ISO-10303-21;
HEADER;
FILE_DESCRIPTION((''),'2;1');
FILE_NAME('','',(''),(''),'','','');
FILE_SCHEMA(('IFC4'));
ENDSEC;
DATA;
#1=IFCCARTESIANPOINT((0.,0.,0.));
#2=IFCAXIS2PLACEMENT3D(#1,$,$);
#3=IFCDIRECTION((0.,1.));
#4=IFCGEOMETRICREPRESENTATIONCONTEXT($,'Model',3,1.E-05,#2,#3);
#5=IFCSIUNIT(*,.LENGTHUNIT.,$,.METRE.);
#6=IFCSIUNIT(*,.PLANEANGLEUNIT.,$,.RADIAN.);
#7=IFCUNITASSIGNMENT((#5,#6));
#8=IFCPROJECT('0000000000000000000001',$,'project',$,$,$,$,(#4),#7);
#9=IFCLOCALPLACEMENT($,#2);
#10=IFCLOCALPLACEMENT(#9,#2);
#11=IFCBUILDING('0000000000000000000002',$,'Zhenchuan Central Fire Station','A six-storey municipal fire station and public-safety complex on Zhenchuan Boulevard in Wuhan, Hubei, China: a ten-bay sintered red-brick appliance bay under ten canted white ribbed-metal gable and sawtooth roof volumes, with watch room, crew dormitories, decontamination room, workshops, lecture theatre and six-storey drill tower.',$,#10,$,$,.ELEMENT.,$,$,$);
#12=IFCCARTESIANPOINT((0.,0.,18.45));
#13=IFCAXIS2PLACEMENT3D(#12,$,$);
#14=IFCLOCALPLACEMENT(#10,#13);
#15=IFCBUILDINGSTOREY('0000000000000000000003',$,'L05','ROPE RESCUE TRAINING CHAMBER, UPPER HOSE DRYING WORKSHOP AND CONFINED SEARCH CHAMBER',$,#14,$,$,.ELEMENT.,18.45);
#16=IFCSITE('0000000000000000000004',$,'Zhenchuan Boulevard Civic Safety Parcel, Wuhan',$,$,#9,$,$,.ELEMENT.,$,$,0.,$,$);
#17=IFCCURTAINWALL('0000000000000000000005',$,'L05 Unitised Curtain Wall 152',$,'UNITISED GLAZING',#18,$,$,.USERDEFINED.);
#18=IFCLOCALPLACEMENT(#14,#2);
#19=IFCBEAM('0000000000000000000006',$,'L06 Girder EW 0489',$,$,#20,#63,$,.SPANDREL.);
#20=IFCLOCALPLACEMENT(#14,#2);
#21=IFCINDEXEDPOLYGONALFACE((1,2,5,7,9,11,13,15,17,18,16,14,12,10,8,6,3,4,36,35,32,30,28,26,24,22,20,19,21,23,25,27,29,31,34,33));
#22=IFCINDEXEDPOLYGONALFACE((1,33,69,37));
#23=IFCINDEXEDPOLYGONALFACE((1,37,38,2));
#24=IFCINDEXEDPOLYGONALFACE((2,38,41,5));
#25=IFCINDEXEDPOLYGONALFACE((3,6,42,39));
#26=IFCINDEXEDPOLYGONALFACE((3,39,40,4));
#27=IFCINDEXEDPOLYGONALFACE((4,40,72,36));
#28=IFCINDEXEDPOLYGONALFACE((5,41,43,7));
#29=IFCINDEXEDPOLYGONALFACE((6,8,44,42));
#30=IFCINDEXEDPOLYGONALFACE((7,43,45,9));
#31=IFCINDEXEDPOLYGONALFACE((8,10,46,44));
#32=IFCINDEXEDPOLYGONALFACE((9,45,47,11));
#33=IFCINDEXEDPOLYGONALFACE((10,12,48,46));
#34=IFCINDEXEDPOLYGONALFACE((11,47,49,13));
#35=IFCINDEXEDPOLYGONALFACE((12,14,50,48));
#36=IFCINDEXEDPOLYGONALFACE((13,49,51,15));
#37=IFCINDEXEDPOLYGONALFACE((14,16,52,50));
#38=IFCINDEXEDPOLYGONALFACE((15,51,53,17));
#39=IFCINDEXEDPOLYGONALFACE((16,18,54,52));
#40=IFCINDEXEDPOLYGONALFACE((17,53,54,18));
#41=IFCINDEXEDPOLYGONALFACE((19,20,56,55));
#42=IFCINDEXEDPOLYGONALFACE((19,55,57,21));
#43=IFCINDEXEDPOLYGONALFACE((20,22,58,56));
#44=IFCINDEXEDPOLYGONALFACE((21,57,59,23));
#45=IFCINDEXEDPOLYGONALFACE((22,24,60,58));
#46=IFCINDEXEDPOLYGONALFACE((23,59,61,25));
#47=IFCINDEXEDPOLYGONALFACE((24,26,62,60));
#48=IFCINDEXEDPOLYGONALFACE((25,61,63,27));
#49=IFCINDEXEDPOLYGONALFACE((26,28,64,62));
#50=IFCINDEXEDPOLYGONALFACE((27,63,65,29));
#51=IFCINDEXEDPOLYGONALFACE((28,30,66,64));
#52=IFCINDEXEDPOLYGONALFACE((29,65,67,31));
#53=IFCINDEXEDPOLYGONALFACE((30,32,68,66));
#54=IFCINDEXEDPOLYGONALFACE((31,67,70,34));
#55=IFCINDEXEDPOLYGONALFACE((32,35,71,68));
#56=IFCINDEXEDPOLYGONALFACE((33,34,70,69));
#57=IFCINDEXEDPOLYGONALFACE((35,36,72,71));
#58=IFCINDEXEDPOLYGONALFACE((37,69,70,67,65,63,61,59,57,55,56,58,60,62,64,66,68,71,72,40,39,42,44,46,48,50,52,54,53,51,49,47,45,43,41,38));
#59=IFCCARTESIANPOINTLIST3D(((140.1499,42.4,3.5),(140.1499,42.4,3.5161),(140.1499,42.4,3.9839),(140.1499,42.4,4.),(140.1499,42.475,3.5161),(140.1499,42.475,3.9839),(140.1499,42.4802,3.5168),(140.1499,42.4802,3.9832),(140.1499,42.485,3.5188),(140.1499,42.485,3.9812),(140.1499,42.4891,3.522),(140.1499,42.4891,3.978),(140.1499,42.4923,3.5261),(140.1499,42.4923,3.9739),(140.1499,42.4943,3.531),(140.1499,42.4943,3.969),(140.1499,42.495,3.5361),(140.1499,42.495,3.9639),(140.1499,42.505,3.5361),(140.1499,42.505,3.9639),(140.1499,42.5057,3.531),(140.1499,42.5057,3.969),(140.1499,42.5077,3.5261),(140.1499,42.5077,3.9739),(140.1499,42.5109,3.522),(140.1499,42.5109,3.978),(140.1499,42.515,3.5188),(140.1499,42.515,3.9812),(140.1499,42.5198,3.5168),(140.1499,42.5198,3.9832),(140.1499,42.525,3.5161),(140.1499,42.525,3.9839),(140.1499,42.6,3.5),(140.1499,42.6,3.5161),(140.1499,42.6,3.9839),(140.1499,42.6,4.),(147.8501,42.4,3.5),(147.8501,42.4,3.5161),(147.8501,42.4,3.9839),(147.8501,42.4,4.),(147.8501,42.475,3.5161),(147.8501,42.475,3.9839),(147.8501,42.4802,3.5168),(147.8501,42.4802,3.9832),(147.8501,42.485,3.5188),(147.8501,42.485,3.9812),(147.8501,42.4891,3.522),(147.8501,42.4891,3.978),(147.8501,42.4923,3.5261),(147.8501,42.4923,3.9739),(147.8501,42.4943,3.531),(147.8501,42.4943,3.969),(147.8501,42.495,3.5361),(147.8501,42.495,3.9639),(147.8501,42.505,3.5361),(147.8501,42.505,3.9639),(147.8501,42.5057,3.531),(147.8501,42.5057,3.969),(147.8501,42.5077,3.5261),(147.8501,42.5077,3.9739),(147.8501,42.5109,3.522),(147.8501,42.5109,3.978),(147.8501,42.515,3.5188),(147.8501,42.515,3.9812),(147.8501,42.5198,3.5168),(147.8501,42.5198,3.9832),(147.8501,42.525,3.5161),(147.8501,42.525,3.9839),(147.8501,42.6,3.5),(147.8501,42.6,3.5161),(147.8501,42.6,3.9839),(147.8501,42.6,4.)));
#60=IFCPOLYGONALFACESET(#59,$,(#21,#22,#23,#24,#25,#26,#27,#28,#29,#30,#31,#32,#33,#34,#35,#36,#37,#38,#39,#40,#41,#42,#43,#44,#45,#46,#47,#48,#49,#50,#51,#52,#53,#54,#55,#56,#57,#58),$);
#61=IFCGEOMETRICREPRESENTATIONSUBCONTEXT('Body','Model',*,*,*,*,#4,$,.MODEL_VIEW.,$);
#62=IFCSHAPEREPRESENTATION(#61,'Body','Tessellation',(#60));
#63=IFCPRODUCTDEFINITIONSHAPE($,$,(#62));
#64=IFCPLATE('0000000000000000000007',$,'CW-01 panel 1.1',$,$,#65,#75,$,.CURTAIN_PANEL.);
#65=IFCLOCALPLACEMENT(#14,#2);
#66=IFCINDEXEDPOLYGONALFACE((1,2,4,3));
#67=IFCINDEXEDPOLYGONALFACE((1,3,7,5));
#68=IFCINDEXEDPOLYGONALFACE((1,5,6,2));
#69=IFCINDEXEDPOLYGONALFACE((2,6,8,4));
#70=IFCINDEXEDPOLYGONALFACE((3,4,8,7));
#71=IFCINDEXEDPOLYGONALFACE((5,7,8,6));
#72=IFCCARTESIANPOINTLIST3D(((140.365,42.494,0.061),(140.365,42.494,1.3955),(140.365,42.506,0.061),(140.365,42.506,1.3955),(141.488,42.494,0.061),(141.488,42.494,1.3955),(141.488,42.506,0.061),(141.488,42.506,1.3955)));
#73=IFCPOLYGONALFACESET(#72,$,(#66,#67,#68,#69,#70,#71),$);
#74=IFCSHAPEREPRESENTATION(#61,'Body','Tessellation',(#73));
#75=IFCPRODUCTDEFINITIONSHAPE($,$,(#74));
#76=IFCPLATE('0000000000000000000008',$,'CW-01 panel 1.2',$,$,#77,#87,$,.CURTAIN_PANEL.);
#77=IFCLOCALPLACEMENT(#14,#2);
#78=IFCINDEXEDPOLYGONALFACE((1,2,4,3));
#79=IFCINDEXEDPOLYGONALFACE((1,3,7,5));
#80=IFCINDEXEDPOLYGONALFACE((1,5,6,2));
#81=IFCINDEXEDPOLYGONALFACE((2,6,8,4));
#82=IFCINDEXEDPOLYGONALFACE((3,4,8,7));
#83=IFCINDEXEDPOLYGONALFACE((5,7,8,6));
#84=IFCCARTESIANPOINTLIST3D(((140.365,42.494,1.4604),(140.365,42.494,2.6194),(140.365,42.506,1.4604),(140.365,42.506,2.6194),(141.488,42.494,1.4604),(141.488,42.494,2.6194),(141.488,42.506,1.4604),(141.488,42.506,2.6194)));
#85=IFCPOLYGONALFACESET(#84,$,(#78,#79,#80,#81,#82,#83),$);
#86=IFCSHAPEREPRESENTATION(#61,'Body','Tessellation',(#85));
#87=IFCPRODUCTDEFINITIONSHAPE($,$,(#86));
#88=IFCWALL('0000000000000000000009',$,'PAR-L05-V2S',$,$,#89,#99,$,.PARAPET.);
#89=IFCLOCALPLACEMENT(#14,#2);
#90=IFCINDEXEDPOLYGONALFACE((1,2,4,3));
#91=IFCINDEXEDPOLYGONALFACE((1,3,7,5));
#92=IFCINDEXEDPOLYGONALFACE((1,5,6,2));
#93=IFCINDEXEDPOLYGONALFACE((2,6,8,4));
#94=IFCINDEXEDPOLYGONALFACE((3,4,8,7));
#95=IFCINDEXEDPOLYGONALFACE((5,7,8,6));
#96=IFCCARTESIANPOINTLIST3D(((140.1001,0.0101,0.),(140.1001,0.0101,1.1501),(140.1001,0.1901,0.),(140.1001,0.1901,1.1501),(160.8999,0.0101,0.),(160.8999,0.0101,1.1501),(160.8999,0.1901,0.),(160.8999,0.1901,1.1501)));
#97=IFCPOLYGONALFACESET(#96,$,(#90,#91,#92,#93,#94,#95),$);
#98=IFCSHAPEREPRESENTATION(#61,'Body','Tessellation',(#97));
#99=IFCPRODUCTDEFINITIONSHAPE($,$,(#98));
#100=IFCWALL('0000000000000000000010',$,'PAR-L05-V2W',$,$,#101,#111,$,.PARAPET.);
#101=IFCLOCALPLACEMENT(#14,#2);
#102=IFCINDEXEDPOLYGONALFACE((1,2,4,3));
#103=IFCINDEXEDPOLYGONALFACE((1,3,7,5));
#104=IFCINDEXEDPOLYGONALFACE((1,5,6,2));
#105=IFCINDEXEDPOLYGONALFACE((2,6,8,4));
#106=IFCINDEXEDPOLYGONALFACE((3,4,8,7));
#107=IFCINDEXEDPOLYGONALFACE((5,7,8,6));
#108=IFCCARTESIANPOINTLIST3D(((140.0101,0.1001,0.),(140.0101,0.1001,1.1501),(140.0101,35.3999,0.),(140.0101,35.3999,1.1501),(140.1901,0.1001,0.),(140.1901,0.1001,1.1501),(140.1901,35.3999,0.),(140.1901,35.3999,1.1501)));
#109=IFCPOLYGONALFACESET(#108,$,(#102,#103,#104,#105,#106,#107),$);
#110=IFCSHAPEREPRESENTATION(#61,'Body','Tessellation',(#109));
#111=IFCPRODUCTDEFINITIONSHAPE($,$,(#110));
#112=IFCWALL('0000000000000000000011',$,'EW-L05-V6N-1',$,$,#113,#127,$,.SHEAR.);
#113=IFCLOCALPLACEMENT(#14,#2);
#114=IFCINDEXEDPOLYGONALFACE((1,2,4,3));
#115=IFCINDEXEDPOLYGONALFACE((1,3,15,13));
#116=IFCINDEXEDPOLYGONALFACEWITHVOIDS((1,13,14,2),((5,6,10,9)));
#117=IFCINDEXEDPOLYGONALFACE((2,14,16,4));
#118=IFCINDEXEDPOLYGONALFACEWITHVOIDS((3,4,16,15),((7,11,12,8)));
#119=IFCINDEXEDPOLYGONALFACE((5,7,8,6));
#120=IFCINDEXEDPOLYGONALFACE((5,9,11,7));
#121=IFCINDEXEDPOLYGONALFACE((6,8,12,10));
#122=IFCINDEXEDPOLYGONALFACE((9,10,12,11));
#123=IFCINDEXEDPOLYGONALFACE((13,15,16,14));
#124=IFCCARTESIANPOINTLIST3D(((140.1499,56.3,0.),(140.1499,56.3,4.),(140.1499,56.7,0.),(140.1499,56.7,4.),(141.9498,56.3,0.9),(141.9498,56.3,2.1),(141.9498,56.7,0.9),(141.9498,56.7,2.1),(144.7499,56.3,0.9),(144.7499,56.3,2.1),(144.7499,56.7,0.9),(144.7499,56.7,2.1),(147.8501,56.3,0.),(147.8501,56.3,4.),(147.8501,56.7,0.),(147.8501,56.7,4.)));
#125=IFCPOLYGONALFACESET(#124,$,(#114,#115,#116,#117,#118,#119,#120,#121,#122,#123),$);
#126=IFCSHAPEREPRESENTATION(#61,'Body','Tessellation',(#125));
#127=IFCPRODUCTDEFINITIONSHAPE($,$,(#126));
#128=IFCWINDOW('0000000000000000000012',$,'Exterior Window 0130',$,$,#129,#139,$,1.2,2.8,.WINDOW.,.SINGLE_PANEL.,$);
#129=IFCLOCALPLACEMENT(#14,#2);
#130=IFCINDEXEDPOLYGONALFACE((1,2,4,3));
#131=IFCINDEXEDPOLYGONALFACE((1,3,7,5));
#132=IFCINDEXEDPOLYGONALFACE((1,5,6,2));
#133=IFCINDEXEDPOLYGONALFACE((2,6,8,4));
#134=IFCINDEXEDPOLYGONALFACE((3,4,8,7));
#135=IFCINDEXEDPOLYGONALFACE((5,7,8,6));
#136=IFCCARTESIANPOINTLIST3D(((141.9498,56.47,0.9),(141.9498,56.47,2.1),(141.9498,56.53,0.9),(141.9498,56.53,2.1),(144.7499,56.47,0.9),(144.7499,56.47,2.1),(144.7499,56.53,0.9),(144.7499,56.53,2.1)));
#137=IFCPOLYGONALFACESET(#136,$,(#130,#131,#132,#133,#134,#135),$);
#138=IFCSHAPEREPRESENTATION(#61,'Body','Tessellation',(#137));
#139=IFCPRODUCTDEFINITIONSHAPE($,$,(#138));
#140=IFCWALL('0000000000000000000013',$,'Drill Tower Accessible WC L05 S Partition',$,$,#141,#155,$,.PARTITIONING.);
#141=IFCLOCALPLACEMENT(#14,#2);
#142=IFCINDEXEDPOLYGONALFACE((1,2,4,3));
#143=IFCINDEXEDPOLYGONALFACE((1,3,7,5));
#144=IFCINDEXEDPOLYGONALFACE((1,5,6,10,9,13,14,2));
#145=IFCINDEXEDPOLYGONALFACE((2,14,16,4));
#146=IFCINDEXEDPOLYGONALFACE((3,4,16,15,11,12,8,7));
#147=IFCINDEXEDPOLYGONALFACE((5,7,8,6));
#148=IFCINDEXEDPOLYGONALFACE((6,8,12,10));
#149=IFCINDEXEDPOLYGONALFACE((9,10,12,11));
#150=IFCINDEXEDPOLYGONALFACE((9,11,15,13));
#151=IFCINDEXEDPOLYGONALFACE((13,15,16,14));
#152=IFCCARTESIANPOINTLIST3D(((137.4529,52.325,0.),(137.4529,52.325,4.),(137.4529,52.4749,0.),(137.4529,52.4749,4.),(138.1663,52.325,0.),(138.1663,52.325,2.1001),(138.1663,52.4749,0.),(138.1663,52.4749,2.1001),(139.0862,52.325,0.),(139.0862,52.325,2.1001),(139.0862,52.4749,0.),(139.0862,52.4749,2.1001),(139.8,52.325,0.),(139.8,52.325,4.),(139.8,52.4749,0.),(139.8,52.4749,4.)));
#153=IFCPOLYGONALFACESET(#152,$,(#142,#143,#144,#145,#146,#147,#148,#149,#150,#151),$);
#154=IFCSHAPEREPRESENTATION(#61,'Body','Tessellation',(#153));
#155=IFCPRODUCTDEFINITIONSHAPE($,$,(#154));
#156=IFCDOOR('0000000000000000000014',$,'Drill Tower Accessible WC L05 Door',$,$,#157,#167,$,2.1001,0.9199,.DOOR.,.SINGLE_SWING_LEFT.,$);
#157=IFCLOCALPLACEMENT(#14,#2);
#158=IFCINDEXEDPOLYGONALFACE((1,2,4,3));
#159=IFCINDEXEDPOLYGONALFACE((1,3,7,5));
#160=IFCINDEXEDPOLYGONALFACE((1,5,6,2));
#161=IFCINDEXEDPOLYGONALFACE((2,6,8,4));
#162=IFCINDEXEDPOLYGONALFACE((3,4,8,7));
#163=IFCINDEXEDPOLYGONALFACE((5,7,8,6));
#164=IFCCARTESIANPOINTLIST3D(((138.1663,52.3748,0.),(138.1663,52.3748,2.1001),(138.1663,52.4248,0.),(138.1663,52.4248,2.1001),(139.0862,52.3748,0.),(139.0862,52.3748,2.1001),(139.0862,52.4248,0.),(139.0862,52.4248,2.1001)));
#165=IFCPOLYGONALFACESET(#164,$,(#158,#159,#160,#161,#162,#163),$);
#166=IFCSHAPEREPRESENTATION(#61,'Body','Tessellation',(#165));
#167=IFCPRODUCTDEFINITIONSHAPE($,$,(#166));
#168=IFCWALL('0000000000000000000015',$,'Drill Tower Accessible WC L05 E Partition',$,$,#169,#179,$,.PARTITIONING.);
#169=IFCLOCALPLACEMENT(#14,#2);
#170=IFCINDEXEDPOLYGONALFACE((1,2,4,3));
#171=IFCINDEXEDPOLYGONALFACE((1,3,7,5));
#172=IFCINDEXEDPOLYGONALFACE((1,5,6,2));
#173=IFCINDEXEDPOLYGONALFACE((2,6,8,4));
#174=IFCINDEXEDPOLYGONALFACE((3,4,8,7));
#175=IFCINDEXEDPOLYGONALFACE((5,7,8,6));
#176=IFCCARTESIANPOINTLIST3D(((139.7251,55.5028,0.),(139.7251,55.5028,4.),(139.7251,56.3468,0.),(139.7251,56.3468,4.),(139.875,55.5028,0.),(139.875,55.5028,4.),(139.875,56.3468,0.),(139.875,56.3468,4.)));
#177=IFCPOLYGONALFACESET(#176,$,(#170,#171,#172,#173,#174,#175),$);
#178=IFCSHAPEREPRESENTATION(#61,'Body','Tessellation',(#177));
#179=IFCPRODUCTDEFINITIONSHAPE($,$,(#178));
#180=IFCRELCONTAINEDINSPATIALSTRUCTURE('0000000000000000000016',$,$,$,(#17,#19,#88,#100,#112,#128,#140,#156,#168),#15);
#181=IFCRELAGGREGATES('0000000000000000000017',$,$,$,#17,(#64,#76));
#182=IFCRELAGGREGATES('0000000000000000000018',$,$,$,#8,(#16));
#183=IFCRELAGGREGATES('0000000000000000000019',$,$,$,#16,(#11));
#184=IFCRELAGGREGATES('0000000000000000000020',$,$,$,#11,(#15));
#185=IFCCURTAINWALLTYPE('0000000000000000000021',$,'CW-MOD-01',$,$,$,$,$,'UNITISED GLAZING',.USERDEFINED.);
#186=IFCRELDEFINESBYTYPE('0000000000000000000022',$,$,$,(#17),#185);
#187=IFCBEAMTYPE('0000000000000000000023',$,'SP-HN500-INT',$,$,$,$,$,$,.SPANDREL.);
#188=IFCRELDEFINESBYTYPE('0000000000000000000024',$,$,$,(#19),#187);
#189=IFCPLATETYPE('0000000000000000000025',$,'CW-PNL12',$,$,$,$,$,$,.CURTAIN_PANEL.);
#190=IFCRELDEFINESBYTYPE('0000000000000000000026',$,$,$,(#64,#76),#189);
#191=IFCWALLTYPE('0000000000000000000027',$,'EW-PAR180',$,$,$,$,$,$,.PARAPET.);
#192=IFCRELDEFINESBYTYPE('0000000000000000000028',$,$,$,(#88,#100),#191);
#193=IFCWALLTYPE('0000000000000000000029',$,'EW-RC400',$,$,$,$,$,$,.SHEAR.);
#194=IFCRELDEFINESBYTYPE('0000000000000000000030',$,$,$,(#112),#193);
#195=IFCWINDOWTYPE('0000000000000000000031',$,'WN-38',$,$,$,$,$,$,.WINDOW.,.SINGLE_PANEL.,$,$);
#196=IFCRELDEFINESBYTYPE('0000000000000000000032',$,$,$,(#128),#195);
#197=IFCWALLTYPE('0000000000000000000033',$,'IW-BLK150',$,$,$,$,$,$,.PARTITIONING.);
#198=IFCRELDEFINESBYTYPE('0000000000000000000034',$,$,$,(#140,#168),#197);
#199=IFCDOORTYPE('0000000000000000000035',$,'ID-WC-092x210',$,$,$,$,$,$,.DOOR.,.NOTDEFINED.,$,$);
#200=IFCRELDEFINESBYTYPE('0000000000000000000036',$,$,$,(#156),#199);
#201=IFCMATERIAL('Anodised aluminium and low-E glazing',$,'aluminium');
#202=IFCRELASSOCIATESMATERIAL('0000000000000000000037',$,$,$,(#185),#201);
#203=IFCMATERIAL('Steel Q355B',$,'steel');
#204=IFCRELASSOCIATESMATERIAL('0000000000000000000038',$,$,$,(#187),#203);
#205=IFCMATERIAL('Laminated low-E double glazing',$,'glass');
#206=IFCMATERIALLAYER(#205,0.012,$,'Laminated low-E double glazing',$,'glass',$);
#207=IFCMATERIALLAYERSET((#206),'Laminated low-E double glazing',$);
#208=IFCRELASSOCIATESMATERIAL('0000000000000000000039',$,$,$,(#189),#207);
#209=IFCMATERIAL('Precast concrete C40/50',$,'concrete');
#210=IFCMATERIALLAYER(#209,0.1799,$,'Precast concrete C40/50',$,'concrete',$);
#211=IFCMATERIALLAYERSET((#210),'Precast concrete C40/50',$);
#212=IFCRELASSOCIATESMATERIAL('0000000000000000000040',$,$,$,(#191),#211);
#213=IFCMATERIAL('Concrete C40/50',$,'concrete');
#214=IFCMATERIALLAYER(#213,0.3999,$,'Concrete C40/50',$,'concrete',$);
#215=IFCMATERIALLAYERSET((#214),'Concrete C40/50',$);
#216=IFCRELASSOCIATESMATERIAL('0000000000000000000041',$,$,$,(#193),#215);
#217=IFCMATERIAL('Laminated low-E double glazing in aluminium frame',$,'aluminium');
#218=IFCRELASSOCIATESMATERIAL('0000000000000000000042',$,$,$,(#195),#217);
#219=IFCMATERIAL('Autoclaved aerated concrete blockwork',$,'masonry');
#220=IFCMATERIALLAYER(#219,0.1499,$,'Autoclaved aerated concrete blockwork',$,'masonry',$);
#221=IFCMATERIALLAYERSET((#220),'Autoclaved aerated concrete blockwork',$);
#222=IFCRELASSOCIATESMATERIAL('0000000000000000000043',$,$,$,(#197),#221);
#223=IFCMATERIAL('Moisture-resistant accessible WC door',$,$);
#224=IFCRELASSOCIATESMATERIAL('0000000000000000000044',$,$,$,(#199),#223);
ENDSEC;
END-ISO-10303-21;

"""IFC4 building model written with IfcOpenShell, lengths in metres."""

from ifc_helpers import new_model, si_unit, direction, frame, frame_2d, origin, origin_2d, place, context, subcontext, project, spatial, rectangle, i_section, extrude, material, layer, layer_set, material_profile, profile_set, type_object, element, fill, aggregate, save


model = new_model("IFC4")

# Units and contexts
model_context = context("Model", 3, precision=1e-05, world=origin(), true_north=direction((0.0, 1.0)))
body_context = subcontext(model_context, "Body", "Model", "MODEL_VIEW")
ifc_project = project(units=[si_unit("LENGTHUNIT", "METRE"), si_unit("PLANEANGLEUNIT", "RADIAN")], contexts=[model_context])

# Site, building, storey
site_placement = place(None, origin())
site = spatial("IfcSite", under=ifc_project, at=site_placement, Name="Zhenchuan Boulevard Civic Safety Parcel, Wuhan", CompositionType="ELEMENT", RefElevation=0.0)
building_placement = place(site_placement, origin())
building = spatial("IfcBuilding", under=site, at=building_placement, Name="Zhenchuan Central Fire Station", Description="A six-storey municipal fire station and public-safety complex on Zhenchuan Boulevard in Wuhan, Hubei, China: a ten-bay sintered red-brick appliance bay under ten canted white ribbed-metal gable and sawtooth roof volumes, with watch room, crew dormitories, decontamination room, workshops, lecture theatre and six-storey drill tower.", CompositionType="ELEMENT")
storey_placement = place(building_placement, frame((0.0, 0.0, 18.45)))
storey = spatial("IfcBuildingStorey", under=building, at=storey_placement, Name="L05", Description="ROPE RESCUE TRAINING CHAMBER, UPPER HOSE DRYING WORKSHOP AND CONFINED SEARCH CHAMBER", CompositionType="ELEMENT", Elevation=18.45)

# Shared definitions
ifc_material_1 = material(Name="Steel Q355B", Category="steel")

# Curtain wall
ifc_material_2 = material(Name="Anodised aluminium and low-E glazing", Category="aluminium")
curtain_wall_type = type_object("IfcCurtainWallType", Name="CW-MOD-01", ElementType="UNITISED GLAZING", PredefinedType="USERDEFINED", material=ifc_material_2)
curtain_wall_placement = place(storey_placement, origin())
curtain_wall = element("IfcCurtainWall", 1, at=curtain_wall_placement, inside=storey, type_object=curtain_wall_type, Name="L05 Unitised Curtain Wall 152", ObjectType="UNITISED GLAZING", PredefinedType="USERDEFINED")

# Beam
ifc_material_profile_1 = material_profile(ifc_material_1, i_section(OverallWidth=0.2, OverallDepth=0.5, WebThickness=0.01, FlangeThickness=0.0161, FilletRadius=0.02, at=origin_2d()), Name="HN 500x200")
ifc_profile_set_1 = profile_set([ifc_material_profile_1], Name="Steel Q355B")
beam_type_1 = type_object("IfcBeamType", Name="SP-HN500-INT", PredefinedType="SPANDREL", material=ifc_profile_set_1)
beam_1_placement = place(storey_placement, frame((140.1499, 42.5, 3.75), z_axis=(1.0, 0.0, 0.0), x_axis=(0.0, 1.0, 0.0)))
element("IfcBeam", 2, at=beam_1_placement, inside=storey, type_object=beam_type_1, Name="L06 Girder EW 0489", PredefinedType="SPANDREL", context=body_context, shape_type="SweptSolid", body=[
    extrude(i_section(OverallWidth=0.2, OverallDepth=0.5, WebThickness=0.01, FlangeThickness=0.0161, FilletRadius=0.02, at=origin_2d()), origin(), (0.0, 0.0, 1.0), 7.7002),
])

# Plates
ifc_material_3 = material(Name="Laminated low-E double glazing", Category="glass")
ifc_layer_1 = layer(ifc_material_3, 0.012, Name="Laminated low-E double glazing", Category="glass")
ifc_layer_set_1 = layer_set([ifc_layer_1], Name="Laminated low-E double glazing")
plate_type = type_object("IfcPlateType", Name="CW-PNL12", PredefinedType="CURTAIN_PANEL", material=ifc_layer_set_1)
plate_1_placement = place(storey_placement, frame((140.9265, 42.5, 0.061), z_axis=(0.0, 0.0, 1.0), x_axis=(1.0, 0.0, 0.0)))
plate_1 = element("IfcPlate", 3, at=plate_1_placement, type_object=plate_type, Name="CW-01 panel 1.1", PredefinedType="CURTAIN_PANEL", context=body_context, shape_type="SweptSolid", body=[
    extrude(rectangle(XDim=1.123, YDim=0.012, at=origin_2d()), origin(), (0.0, 0.0, 1.0), 1.3345),
])
plate_2_placement = place(storey_placement, frame((140.9265, 42.5, 1.4604), z_axis=(0.0, 0.0, 1.0), x_axis=(1.0, 0.0, 0.0)))
plate_2 = element("IfcPlate", 4, at=plate_2_placement, type_object=plate_type, Name="CW-01 panel 1.2", PredefinedType="CURTAIN_PANEL", context=body_context, shape_type="SweptSolid", body=[
    extrude(rectangle(XDim=1.123, YDim=0.012, at=origin_2d()), origin(), (0.0, 0.0, 1.0), 1.1589),
])
aggregate(curtain_wall, [plate_1, plate_2])

# Walls
ifc_material_4 = material(Name="Precast concrete C40/50", Category="concrete")
ifc_layer_2 = layer(ifc_material_4, 0.1799, Name="Precast concrete C40/50", Category="concrete")
ifc_layer_set_2 = layer_set([ifc_layer_2], Name="Precast concrete C40/50")
wall_type_1 = type_object("IfcWallType", Name="EW-PAR180", PredefinedType="PARAPET", material=ifc_layer_set_2)
wall_1_placement = place(storey_placement, frame((140.1001, 0.1001, 0.0), z_axis=(0.0, 0.0, 1.0), x_axis=(1.0, 0.0, 0.0)))
element("IfcWall", 5, at=wall_1_placement, inside=storey, type_object=wall_type_1, Name="PAR-L05-V2S", PredefinedType="PARAPET", context=body_context, shape_type="SweptSolid", body=[
    extrude(rectangle(XDim=20.7998, YDim=0.1799, at=frame_2d((10.3999, 0.0))), origin(), (0.0, 0.0, 1.0), 1.1501),
])
wall_2_placement = place(storey_placement, frame((140.1001, 0.1001, 0.0), z_axis=(0.0, 0.0, 1.0), x_axis=(0.0, 1.0, 0.0)))
element("IfcWall", 6, at=wall_2_placement, inside=storey, type_object=wall_type_1, Name="PAR-L05-V2W", PredefinedType="PARAPET", context=body_context, shape_type="SweptSolid", body=[
    extrude(rectangle(XDim=35.2998, YDim=0.1799, at=frame_2d((17.6499, 0.0))), origin(), (0.0, 0.0, 1.0), 1.1501),
])

# Wall, opening, window
ifc_material_5 = material(Name="Concrete C40/50", Category="concrete")
ifc_layer_3 = layer(ifc_material_5, 0.3999, Name="Concrete C40/50", Category="concrete")
ifc_layer_set_3 = layer_set([ifc_layer_3], Name="Concrete C40/50")
wall_type_2 = type_object("IfcWallType", Name="EW-RC400", PredefinedType="SHEAR", material=ifc_layer_set_3)
wall_3_placement = place(storey_placement, frame((140.1499, 56.5, 0.0), z_axis=(0.0, 0.0, 1.0), x_axis=(1.0, 0.0, 0.0)))
wall_3 = element("IfcWall", 7, at=wall_3_placement, inside=storey, type_object=wall_type_2, Name="EW-L05-V6N-1", PredefinedType="SHEAR", context=body_context, shape_type="SweptSolid", body=[
    extrude(rectangle(XDim=7.7002, YDim=0.3999, at=frame_2d((3.8501, 0.0))), origin(), (0.0, 0.0, 1.0), 4.0),
])
opening_1_placement = place(wall_3_placement, frame((1.8, 0.0, 0.8999)))
opening_1 = element("IfcOpeningElement", 8, at=opening_1_placement, cuts=wall_3, PredefinedType="OPENING", context=body_context, shape_type="SweptSolid", body=[
    extrude(rectangle(XDim=2.8, YDim=1.2, at=frame_2d((1.3999, 0.6001))), frame((0.0, 0.21, 0.0), z_axis=(0.0, -1.0, 0.0), x_axis=(1.0, 0.0, 0.0)), (0.0, 0.0, 1.0), 0.4199),
])
ifc_material_6 = material(Name="Laminated low-E double glazing in aluminium frame", Category="aluminium")
window_type = type_object("IfcWindowType", Name="WN-38", PartitioningType="SINGLE_PANEL", PredefinedType="WINDOW", material=ifc_material_6)
window_placement = place(opening_1_placement, origin())
window = element("IfcWindow", 9, at=window_placement, inside=storey, type_object=window_type, Name="Exterior Window 0130", OverallHeight=1.2, OverallWidth=2.8, PartitioningType="SINGLE_PANEL", PredefinedType="WINDOW", context=body_context, shape_type="SweptSolid", body=[
    extrude(rectangle(XDim=2.8, YDim=1.2, at=frame_2d((1.3999, 0.6001))), frame((0.0, 0.03, 0.0), z_axis=(0.0, -1.0, 0.0), x_axis=(1.0, 0.0, 0.0)), (0.0, 0.0, 1.0), 0.0601),
])
fill(opening_1, window)

# Wall, opening, door
ifc_material_7 = material(Name="Autoclaved aerated concrete blockwork", Category="masonry")
ifc_layer_4 = layer(ifc_material_7, 0.1499, Name="Autoclaved aerated concrete blockwork", Category="masonry")
ifc_layer_set_4 = layer_set([ifc_layer_4], Name="Autoclaved aerated concrete blockwork")
wall_type_3 = type_object("IfcWallType", Name="IW-BLK150", PredefinedType="PARTITIONING", material=ifc_layer_set_4)
wall_4_placement = place(storey_placement, frame((137.4529, 52.3999, 0.0), z_axis=(0.0, 0.0, 1.0), x_axis=(1.0, 0.0, 0.0)))
wall_4 = element("IfcWall", 10, at=wall_4_placement, inside=storey, type_object=wall_type_3, Name="Drill Tower Accessible WC L05 S Partition", PredefinedType="PARTITIONING", context=body_context, shape_type="SweptSolid", body=[
    extrude(rectangle(XDim=2.3472, YDim=0.1499, at=frame_2d((1.1736, 0.0))), origin(), (0.0, 0.0, 1.0), 4.0),
])
opening_2_placement = place(wall_4_placement, frame((0.7134, 0.0, 0.0)))
opening_2 = element("IfcOpeningElement", 11, at=opening_2_placement, cuts=wall_4, PredefinedType="OPENING", context=body_context, shape_type="SweptSolid", body=[
    extrude(rectangle(XDim=0.9199, YDim=2.1001, at=frame_2d((0.46, 1.05))), frame((0.0, 0.085, 0.0), z_axis=(0.0, -1.0, 0.0), x_axis=(1.0, 0.0, 0.0)), (0.0, 0.0, 1.0), 0.1699),
])
ifc_material_8 = material(Name="Moisture-resistant accessible WC door")
door_type_1 = type_object("IfcDoorType", Name="ID-WC-092x210", OperationType="NOTDEFINED", PredefinedType="DOOR", material=ifc_material_8)
door_1_placement = place(opening_2_placement, origin())
door_1 = element("IfcDoor", 12, at=door_1_placement, inside=storey, type_object=door_type_1, Name="Drill Tower Accessible WC L05 Door", OperationType="SINGLE_SWING_LEFT", OverallHeight=2.1001, OverallWidth=0.9199, PredefinedType="DOOR", context=body_context, shape_type="SweptSolid", body=[
    extrude(rectangle(XDim=0.9199, YDim=2.1001, at=frame_2d((0.46, 1.05))), frame((0.0, 0.0249, 0.0), z_axis=(0.0, -1.0, 0.0), x_axis=(1.0, 0.0, 0.0)), (0.0, 0.0, 1.0), 0.05),
])
fill(opening_2, door_1)

# Wall
wall_5_placement = place(storey_placement, frame((139.8, 55.5029, 0.0), z_axis=(0.0, 0.0, 1.0), x_axis=(0.0, 1.0, 0.0)))
element("IfcWall", 13, at=wall_5_placement, inside=storey, type_object=wall_type_3, Name="Drill Tower Accessible WC L05 E Partition", PredefinedType="PARTITIONING", context=body_context, shape_type="SweptSolid", body=[
    extrude(rectangle(XDim=0.844, YDim=0.1499, at=frame_2d((0.4219, 0.0))), origin(), (0.0, 0.0, 1.0), 4.0),
])

save(model, "model.ifc")
